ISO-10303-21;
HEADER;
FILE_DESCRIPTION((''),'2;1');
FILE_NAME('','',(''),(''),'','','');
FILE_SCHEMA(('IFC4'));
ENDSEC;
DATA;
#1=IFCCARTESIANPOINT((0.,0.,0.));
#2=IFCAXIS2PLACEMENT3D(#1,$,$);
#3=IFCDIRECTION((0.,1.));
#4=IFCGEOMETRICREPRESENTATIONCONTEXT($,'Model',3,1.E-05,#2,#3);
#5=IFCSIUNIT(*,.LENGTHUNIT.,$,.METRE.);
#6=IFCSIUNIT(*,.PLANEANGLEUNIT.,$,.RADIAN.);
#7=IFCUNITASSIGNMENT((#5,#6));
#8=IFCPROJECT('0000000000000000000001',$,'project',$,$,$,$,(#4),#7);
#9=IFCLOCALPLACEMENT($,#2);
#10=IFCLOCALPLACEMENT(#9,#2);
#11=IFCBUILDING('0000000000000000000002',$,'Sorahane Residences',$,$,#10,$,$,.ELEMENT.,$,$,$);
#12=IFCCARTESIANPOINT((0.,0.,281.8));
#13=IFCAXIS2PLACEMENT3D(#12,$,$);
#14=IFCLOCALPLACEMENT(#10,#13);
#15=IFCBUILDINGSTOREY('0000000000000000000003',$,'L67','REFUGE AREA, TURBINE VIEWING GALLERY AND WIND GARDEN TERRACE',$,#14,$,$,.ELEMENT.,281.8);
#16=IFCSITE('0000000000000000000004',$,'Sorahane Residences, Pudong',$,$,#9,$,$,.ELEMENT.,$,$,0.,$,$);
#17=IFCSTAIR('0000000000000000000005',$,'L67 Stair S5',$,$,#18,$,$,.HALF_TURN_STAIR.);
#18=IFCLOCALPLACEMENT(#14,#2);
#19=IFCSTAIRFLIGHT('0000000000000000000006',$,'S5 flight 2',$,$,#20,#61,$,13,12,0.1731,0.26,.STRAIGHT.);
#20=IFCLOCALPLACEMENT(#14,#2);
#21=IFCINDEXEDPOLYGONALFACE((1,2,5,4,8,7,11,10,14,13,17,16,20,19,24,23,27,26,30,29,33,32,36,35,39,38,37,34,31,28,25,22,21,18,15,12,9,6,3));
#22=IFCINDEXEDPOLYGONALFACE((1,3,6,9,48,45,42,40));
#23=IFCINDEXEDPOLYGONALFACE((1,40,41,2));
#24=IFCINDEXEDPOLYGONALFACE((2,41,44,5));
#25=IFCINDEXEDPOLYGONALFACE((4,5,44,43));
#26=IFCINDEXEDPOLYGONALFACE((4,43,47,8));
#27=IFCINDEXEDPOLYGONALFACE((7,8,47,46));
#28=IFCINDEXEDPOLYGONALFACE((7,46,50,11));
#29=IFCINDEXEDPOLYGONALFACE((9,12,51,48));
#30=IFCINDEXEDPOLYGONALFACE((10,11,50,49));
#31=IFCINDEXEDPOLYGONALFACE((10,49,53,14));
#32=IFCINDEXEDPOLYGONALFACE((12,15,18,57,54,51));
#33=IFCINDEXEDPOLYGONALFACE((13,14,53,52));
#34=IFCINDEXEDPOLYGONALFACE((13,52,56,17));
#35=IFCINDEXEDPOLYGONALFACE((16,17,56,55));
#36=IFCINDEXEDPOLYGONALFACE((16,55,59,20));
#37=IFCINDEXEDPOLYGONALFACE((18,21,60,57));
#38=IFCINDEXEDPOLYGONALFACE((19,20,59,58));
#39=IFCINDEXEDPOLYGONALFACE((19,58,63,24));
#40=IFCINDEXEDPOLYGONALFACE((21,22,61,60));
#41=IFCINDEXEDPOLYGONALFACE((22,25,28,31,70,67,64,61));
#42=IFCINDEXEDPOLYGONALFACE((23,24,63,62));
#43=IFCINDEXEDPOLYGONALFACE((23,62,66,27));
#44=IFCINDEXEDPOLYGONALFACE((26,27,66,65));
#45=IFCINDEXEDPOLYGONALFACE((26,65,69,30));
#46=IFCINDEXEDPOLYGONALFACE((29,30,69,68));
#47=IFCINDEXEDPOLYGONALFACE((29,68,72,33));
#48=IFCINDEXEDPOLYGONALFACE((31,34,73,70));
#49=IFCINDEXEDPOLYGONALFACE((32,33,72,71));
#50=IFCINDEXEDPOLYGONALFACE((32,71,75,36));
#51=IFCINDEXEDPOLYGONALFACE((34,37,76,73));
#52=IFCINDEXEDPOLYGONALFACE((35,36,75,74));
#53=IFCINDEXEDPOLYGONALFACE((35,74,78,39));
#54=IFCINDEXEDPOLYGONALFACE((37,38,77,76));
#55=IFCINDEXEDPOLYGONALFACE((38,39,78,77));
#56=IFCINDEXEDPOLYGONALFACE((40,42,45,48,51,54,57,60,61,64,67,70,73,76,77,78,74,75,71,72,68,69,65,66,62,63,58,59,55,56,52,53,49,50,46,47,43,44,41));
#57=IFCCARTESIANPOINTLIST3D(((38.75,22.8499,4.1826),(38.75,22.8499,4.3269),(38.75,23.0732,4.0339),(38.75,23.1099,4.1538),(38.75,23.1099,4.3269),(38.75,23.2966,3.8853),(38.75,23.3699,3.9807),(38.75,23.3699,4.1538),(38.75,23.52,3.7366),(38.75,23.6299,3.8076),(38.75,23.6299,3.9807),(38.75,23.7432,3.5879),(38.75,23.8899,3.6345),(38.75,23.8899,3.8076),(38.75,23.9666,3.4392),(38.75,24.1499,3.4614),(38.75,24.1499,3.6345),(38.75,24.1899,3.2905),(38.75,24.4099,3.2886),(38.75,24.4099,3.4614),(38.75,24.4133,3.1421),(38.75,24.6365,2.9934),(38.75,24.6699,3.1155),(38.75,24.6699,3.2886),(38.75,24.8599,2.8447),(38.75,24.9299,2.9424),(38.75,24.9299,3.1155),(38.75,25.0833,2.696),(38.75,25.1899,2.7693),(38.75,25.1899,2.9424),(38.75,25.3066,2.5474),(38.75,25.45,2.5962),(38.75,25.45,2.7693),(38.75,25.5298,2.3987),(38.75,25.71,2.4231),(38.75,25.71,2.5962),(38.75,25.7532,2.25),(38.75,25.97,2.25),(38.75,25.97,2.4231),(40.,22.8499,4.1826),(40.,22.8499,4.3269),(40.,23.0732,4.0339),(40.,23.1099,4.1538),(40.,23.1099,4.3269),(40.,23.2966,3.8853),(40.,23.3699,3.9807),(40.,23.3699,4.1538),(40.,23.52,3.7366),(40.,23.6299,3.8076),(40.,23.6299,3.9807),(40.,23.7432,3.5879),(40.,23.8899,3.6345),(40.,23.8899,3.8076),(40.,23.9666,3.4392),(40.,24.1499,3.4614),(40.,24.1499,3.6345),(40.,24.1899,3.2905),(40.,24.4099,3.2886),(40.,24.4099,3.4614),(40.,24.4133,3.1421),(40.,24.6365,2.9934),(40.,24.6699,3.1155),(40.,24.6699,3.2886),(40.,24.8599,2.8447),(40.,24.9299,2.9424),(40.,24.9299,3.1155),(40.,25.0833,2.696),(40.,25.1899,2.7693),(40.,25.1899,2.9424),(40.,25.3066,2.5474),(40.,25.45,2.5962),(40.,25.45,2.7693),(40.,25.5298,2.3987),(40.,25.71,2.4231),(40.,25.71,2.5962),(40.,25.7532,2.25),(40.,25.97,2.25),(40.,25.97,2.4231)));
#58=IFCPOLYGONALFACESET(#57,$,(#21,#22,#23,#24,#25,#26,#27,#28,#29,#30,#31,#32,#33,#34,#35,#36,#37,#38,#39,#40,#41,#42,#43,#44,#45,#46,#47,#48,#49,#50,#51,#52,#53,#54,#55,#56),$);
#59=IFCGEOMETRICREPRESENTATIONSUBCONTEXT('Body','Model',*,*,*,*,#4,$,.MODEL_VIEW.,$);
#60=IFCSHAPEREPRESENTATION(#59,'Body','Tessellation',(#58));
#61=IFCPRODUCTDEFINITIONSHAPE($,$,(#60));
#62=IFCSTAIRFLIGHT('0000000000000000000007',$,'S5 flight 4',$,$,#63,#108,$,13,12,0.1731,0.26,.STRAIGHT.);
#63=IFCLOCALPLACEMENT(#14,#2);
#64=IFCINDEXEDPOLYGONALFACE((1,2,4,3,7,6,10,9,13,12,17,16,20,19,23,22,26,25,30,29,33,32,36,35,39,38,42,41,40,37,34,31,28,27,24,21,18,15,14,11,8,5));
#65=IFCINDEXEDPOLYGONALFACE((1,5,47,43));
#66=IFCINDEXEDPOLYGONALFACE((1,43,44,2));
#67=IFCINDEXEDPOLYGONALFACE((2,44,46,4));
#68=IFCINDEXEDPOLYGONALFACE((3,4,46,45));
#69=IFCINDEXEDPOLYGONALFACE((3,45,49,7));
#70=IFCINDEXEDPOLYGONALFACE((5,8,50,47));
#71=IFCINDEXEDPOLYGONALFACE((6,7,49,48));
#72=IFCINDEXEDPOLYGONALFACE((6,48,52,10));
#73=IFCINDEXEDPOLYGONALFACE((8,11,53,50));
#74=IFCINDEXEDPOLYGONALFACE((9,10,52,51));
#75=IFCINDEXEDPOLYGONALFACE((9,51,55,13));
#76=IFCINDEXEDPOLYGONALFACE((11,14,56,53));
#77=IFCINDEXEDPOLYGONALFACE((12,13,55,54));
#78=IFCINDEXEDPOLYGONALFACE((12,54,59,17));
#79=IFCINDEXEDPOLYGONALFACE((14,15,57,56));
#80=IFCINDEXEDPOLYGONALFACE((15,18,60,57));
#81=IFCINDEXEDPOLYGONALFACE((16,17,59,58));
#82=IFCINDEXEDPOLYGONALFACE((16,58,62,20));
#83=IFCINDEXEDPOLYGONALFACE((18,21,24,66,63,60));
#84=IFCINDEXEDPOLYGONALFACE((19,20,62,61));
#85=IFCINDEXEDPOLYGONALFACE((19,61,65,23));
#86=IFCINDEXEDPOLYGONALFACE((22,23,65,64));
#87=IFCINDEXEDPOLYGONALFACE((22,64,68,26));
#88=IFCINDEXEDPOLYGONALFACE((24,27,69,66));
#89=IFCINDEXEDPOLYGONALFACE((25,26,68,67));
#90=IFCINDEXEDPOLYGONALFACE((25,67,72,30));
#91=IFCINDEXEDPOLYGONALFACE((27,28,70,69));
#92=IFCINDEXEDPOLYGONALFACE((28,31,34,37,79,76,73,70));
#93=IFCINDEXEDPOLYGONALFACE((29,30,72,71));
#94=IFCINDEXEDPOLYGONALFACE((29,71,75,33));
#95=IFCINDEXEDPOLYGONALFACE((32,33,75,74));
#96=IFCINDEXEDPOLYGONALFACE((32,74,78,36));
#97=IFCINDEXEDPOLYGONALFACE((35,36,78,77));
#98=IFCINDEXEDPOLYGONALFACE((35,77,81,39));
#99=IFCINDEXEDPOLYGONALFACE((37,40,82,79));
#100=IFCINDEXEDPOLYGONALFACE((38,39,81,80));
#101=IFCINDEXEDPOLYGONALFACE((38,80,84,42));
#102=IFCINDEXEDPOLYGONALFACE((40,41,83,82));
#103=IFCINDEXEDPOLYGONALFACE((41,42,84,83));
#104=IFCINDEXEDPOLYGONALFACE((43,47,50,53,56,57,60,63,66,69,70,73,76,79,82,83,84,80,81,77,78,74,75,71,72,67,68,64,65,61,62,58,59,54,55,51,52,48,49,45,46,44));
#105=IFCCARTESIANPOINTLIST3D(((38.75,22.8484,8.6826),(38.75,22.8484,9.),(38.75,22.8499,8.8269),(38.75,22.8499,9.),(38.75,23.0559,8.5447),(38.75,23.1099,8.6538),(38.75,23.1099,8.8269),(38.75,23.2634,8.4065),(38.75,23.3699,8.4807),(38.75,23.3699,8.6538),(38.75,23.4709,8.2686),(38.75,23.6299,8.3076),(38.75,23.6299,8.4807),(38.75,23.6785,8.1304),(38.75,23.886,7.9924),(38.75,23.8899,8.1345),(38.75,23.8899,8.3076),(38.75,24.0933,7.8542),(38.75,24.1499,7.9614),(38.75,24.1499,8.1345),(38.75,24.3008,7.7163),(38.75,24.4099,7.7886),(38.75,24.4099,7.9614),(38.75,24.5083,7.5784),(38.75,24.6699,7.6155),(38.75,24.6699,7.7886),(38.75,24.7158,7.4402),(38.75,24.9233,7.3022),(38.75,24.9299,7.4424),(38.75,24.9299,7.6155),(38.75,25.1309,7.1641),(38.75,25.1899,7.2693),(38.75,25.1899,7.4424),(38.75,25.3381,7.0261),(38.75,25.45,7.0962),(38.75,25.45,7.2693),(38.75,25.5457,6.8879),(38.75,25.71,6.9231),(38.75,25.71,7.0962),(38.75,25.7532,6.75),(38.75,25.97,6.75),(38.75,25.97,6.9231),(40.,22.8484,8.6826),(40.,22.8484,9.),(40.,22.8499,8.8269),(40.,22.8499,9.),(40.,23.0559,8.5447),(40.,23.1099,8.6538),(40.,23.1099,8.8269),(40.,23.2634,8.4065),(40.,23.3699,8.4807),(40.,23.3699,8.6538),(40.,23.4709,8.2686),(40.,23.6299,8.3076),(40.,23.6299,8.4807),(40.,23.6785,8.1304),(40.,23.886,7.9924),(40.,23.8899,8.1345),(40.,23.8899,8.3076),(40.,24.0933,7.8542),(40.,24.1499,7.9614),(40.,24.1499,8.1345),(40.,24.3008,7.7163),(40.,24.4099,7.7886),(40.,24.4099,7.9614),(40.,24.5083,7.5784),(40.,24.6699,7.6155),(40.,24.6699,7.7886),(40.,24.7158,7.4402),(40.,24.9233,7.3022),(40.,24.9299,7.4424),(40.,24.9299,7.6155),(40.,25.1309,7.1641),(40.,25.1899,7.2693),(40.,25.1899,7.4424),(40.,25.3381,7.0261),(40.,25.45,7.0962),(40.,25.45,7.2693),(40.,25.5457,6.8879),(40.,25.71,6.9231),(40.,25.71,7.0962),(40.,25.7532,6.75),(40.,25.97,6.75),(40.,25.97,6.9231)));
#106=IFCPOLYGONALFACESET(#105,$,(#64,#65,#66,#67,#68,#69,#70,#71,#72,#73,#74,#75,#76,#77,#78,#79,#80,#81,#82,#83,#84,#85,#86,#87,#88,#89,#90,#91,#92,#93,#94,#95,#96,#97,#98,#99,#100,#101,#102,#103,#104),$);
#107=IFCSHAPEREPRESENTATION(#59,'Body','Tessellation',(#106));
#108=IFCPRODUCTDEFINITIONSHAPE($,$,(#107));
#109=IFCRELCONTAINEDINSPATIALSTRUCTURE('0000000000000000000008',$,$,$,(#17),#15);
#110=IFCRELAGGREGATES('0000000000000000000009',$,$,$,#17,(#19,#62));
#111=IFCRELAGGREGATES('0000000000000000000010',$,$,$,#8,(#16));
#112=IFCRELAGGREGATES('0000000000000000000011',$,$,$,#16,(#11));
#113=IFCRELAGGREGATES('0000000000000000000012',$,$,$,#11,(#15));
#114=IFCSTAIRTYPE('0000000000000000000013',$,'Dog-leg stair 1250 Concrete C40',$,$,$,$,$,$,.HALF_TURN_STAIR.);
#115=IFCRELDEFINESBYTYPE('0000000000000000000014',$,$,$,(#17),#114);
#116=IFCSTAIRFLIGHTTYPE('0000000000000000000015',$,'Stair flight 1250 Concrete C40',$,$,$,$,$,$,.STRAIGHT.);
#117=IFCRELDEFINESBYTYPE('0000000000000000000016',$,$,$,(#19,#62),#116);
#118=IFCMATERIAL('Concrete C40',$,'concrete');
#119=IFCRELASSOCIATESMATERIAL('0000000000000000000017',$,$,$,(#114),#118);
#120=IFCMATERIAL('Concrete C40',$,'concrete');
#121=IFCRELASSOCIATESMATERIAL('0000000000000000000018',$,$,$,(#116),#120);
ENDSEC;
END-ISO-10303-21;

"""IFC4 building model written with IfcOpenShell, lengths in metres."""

from ifc_helpers import new_model, si_unit, direction, frame, origin, place, context, subcontext, project, spatial, polyline, outline, extrude, material, type_object, element, aggregate, save


model = new_model("IFC4")

# Units and contexts
model_context = context("Model", 3, precision=1e-05, world=origin(), true_north=direction((0.0, 1.0)))
body_context = subcontext(model_context, "Body", "Model", "MODEL_VIEW")
ifc_project = project(units=[si_unit("LENGTHUNIT", "METRE"), si_unit("PLANEANGLEUNIT", "RADIAN")], contexts=[model_context])

# Site, building, storey
site_placement = place(None, origin())
site = spatial("IfcSite", under=ifc_project, at=site_placement, Name="Sorahane Residences, Pudong", CompositionType="ELEMENT", RefElevation=0.0)
building_placement = place(site_placement, origin())
building = spatial("IfcBuilding", under=site, at=building_placement, Name="Sorahane Residences", CompositionType="ELEMENT")
storey_placement = place(building_placement, frame((0.0, 0.0, 281.8)))
storey = spatial("IfcBuildingStorey", under=building, at=storey_placement, Name="L67", Description="REFUGE AREA, TURBINE VIEWING GALLERY AND WIND GARDEN TERRACE", CompositionType="ELEMENT", Elevation=281.8)

# Stair, stair flights
ifc_material_1 = material(Name="Concrete C40", Category="concrete")
stair_type = type_object("IfcStairType", Name="Dog-leg stair 1250 Concrete C40", PredefinedType="HALF_TURN_STAIR", material=ifc_material_1)
stair_placement = place(storey_placement, origin())
stair = element("IfcStair", 1, at=stair_placement, inside=storey, type_object=stair_type, Name="L67 Stair S5", PredefinedType="HALF_TURN_STAIR")
ifc_material_2 = material(Name="Concrete C40", Category="concrete")
stair_flight_type = type_object("IfcStairFlightType", Name="Stair flight 1250 Concrete C40", PredefinedType="STRAIGHT", material=ifc_material_2)
stair_flight_1_placement = place(storey_placement, frame((39.375, 25.97, 2.25), z_axis=(0.0, 0.0, 1.0), x_axis=(0.0, -1.0, 0.0)))
stair_flight_1 = element("IfcStairFlight", 2, at=stair_flight_1_placement, type_object=stair_flight_type, Name="S5 flight 2", NumberOfRisers=13, NumberOfTreads=12, PredefinedType="STRAIGHT", RiserHeight=0.1731, TreadLength=0.26, context=body_context, shape_type="SweptSolid", body=[
    extrude(outline(polyline([(0.0, 0.0), (0.0, 0.1731), (0.26, 0.1731), (0.26, 0.3462), (0.52, 0.3462), (0.52, 0.5193), (0.78, 0.5193), (0.78, 0.6924), (1.04, 0.6924), (1.04, 0.8655), (1.3, 0.8655), (1.3, 1.0386), (1.5601, 1.0386), (1.5601, 1.2114), (1.8201, 1.2114), (1.8201, 1.3845), (2.0801, 1.3845), (2.0801, 1.5576), (2.3401, 1.5576), (2.3401, 1.7307), (2.6001, 1.7307), (2.6001, 1.9038), (2.8601, 1.9038), (2.8601, 2.0769), (3.1201, 2.0769), (3.1201, 2.25), (3.1201, 1.9326), (2.8967, 1.7839), (2.6733, 1.6353), (2.45, 1.4866), (2.2268, 1.3379), (2.0034, 1.1892), (1.78, 1.0405), (1.5566, 0.8921), (1.3335, 0.7434), (1.1101, 0.5947), (0.8867, 0.446), (0.6633, 0.2974), (0.4402, 0.1487), (0.2168, 0.0), (0.0, 0.0)])), frame((0.0, 0.625, 0.0), z_axis=(0.0, -1.0, 0.0), x_axis=(1.0, 0.0, 0.0)), (0.0, 0.0, 1.0), 1.25),
])
stair_flight_2_placement = place(storey_placement, frame((39.375, 25.97, 6.75), z_axis=(0.0, 0.0, 1.0), x_axis=(0.0, -1.0, 0.0)))
stair_flight_2 = element("IfcStairFlight", 3, at=stair_flight_2_placement, type_object=stair_flight_type, Name="S5 flight 4", NumberOfRisers=13, NumberOfTreads=12, PredefinedType="STRAIGHT", RiserHeight=0.1731, TreadLength=0.26, context=body_context, shape_type="SweptSolid", body=[
    extrude(outline(polyline([(0.0, 0.0), (0.0, 0.1731), (0.26, 0.1731), (0.26, 0.3462), (0.52, 0.3462), (0.52, 0.5193), (0.78, 0.5193), (0.78, 0.6924), (1.04, 0.6924), (1.04, 0.8655), (1.3, 0.8655), (1.3, 1.0386), (1.5601, 1.0386), (1.5601, 1.2114), (1.8201, 1.2114), (1.8201, 1.3845), (2.0801, 1.3845), (2.0801, 1.5576), (2.3401, 1.5576), (2.3401, 1.7307), (2.6001, 1.7307), (2.6001, 1.9038), (2.8601, 1.9038), (2.8601, 2.0769), (3.1201, 2.0769), (3.1201, 2.25), (3.1216, 2.25), (3.1216, 1.9326), (2.9141, 1.7947), (2.7065, 1.6565), (2.499, 1.5186), (2.2915, 1.3804), (2.084, 1.2424), (1.8767, 1.1042), (1.6692, 0.9663), (1.4617, 0.8284), (1.2542, 0.6902), (1.0466, 0.5522), (0.8391, 0.4141), (0.6318, 0.2761), (0.4243, 0.1379), (0.2168, 0.0), (0.0, 0.0)])), frame((0.0, 0.625, 0.0), z_axis=(0.0, -1.0, 0.0), x_axis=(1.0, 0.0, 0.0)), (0.0, 0.0, 1.0), 1.25),
])
aggregate(stair, [stair_flight_1, stair_flight_2])

save(model, "model.ifc")
